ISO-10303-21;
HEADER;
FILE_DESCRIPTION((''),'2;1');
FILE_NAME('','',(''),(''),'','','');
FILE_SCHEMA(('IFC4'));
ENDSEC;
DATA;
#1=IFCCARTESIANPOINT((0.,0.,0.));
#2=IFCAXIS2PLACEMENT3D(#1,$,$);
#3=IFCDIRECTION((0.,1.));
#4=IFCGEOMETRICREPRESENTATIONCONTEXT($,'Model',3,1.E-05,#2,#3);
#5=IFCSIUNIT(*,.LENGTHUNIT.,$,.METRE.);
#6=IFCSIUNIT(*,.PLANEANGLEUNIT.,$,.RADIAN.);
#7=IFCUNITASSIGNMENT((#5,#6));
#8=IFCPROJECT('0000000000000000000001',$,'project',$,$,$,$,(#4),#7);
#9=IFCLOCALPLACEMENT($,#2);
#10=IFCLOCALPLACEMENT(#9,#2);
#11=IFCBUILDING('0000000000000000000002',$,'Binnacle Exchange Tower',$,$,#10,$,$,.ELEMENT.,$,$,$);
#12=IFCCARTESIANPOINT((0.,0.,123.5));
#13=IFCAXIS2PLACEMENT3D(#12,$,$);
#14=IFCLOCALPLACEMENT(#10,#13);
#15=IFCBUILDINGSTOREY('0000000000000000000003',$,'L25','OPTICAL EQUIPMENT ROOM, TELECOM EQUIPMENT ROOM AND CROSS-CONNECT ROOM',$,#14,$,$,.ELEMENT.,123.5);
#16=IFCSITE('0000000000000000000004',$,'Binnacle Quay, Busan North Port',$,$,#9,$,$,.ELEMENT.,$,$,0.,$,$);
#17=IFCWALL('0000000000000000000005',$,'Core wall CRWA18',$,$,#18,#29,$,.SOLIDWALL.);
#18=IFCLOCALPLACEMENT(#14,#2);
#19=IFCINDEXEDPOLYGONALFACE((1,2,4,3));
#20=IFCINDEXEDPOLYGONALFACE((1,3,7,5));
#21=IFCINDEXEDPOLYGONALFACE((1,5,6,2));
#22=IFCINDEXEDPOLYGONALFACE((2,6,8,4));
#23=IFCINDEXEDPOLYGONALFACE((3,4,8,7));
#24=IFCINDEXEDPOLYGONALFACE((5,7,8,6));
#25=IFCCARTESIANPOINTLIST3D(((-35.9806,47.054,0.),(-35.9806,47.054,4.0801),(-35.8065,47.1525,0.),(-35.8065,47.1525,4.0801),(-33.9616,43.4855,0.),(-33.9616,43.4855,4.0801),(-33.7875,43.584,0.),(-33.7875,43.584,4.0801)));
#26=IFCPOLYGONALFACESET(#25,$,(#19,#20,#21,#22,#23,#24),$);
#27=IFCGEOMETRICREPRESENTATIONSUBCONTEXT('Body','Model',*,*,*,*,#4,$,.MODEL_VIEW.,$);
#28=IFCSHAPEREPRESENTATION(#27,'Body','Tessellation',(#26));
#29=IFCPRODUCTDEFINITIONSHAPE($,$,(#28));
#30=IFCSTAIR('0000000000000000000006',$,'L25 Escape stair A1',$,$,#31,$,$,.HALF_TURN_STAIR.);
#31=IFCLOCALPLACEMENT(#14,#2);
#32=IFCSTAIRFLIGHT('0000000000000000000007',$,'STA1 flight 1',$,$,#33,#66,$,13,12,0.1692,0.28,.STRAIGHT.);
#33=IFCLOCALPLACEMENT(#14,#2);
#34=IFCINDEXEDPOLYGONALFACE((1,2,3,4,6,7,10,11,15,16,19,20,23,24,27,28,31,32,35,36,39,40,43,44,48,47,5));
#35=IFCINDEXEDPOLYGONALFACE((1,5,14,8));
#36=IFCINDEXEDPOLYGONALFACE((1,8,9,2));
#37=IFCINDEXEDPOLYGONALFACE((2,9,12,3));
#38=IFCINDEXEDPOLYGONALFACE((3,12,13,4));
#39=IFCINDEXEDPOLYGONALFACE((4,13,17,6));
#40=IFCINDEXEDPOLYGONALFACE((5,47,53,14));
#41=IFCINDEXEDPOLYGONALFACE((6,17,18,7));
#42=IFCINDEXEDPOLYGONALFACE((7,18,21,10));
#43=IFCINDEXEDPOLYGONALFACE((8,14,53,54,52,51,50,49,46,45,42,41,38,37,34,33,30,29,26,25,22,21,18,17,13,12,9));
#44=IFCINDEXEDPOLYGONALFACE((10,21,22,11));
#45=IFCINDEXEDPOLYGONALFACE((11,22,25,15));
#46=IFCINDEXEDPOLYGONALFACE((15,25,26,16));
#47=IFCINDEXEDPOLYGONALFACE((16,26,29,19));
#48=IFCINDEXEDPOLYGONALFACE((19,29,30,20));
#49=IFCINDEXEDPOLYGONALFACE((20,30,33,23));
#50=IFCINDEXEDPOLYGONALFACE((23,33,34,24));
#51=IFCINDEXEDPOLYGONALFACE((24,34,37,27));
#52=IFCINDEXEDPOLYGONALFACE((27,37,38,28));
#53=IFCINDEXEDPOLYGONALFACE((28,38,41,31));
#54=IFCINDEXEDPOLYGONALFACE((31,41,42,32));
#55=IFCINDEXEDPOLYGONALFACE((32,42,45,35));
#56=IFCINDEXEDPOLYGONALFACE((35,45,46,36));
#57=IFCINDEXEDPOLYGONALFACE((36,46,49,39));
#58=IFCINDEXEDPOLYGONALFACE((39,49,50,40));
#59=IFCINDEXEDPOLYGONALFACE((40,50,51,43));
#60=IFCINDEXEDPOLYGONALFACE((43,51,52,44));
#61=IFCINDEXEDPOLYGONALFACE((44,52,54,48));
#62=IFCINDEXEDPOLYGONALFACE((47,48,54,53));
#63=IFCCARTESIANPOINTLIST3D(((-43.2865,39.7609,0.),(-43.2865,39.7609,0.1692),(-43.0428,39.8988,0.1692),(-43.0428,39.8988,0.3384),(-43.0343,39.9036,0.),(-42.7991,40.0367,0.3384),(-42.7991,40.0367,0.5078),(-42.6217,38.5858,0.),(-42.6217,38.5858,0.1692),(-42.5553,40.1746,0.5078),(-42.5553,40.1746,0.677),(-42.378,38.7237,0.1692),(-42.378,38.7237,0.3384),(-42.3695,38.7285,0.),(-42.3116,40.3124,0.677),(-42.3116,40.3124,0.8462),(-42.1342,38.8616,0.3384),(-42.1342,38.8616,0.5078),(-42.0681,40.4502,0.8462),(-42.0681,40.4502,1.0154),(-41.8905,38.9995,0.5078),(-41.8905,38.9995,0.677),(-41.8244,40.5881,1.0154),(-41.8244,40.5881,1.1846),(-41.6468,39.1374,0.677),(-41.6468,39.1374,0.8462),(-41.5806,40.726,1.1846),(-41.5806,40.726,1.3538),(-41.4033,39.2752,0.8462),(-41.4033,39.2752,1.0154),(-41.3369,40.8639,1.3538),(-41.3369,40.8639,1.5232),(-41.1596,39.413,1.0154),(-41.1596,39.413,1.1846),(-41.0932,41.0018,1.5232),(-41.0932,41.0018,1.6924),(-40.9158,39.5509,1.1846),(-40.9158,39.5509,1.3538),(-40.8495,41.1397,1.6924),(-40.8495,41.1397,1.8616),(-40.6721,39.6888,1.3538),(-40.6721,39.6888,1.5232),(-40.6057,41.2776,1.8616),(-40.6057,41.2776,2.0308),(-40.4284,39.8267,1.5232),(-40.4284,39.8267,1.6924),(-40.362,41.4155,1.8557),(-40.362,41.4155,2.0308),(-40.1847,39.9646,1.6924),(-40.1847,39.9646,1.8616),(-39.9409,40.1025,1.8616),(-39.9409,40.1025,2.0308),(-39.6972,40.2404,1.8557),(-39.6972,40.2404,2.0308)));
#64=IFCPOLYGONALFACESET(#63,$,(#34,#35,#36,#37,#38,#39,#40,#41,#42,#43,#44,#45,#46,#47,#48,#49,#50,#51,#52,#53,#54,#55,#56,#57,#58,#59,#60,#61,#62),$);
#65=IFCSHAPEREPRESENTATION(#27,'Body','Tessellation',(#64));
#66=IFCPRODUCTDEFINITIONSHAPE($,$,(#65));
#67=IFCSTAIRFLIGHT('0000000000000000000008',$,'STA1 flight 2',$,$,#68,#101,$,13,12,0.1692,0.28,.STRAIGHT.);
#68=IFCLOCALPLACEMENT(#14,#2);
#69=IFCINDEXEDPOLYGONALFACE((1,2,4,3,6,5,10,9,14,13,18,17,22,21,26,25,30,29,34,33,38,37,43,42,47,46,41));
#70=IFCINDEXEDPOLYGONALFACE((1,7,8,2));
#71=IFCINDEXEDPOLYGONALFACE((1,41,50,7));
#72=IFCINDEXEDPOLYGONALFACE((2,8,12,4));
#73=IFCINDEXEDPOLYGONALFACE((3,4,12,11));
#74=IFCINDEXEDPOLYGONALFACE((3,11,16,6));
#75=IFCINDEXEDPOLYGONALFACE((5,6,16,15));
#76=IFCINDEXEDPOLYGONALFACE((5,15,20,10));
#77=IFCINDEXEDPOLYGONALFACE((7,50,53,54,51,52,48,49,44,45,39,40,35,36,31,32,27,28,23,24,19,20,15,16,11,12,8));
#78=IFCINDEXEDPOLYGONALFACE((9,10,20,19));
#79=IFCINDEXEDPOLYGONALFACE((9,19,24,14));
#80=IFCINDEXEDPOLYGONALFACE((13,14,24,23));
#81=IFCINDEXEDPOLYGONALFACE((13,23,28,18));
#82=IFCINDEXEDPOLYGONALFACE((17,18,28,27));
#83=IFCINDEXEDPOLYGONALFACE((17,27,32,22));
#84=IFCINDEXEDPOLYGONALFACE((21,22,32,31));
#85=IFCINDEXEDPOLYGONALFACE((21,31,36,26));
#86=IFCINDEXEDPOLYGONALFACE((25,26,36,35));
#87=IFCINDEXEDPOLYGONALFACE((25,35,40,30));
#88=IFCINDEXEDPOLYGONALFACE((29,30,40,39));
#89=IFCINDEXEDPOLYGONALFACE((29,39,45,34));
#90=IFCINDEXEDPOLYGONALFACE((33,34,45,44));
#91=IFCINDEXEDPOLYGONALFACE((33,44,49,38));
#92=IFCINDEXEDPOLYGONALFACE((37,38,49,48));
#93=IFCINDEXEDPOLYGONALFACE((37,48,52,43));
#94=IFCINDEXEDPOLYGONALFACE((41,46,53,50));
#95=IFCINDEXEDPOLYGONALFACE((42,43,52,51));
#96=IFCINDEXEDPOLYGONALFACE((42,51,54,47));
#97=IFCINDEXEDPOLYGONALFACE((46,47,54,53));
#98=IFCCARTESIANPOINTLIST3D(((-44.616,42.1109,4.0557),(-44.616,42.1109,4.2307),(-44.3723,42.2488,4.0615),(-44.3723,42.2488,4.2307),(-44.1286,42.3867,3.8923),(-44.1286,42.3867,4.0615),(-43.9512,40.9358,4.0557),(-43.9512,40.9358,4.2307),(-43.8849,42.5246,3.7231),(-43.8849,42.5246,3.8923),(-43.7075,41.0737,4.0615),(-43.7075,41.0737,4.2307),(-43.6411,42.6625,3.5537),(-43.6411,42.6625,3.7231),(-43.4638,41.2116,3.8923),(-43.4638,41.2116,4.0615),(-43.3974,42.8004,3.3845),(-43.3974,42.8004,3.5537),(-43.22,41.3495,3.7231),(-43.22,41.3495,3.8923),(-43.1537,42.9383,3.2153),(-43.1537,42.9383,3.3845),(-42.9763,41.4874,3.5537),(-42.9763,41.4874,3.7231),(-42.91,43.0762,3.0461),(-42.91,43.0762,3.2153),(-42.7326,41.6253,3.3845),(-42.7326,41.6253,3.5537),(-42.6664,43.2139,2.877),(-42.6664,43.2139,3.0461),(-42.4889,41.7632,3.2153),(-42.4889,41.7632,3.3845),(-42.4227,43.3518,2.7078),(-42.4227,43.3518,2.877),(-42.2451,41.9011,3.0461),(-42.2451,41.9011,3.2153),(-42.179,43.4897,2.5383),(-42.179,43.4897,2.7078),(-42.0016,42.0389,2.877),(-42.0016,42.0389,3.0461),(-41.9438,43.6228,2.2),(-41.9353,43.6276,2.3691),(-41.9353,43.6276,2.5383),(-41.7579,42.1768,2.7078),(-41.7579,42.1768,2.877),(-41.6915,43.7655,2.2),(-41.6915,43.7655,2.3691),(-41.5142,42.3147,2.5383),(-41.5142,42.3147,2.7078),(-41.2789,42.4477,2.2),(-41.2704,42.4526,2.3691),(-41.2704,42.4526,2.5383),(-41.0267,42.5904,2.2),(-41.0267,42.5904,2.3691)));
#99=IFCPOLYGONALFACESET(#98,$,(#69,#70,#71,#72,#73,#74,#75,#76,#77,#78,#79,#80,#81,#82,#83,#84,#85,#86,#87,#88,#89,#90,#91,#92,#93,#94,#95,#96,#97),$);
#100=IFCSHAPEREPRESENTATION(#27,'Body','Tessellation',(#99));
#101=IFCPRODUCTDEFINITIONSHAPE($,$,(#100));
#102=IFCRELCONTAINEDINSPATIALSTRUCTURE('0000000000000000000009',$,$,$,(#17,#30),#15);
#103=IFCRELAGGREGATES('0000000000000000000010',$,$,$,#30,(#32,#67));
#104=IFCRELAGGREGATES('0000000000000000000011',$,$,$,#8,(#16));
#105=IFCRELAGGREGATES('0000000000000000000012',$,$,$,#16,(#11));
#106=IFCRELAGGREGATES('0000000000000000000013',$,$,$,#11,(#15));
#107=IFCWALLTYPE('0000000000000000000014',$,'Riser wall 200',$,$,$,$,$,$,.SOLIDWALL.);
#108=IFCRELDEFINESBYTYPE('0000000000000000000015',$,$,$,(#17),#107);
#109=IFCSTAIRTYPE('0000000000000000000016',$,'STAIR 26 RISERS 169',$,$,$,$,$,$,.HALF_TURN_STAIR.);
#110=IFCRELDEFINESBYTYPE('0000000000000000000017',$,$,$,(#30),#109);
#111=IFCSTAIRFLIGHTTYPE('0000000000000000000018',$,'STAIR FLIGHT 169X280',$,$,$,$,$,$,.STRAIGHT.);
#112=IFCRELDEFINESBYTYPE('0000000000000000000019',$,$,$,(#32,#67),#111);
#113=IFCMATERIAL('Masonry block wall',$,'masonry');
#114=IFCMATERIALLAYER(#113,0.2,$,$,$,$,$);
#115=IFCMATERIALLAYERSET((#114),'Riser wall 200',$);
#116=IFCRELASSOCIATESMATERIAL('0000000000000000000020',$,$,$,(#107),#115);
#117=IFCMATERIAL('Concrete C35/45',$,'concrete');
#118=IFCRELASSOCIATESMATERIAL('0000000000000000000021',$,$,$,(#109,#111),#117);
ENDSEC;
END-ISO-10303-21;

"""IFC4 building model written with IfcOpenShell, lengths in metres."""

from ifc_helpers import new_model, si_unit, direction, frame, frame_2d, origin, place, context, subcontext, project, spatial, polyline, rectangle, outline, extrude, material, layer, layer_set, type_object, element, aggregate, save


model = new_model("IFC4")

# Units and contexts
model_context = context("Model", 3, precision=1e-05, world=origin(), true_north=direction((0.0, 1.0)))
body_context = subcontext(model_context, "Body", "Model", "MODEL_VIEW")
ifc_project = project(units=[si_unit("LENGTHUNIT", "METRE"), si_unit("PLANEANGLEUNIT", "RADIAN")], contexts=[model_context])

# Site, building, storey
site_placement = place(None, origin())
site = spatial("IfcSite", under=ifc_project, at=site_placement, Name="Binnacle Quay, Busan North Port", CompositionType="ELEMENT", RefElevation=0.0)
building_placement = place(site_placement, origin())
building = spatial("IfcBuilding", under=site, at=building_placement, Name="Binnacle Exchange Tower", CompositionType="ELEMENT")
storey_placement = place(building_placement, frame((0.0, 0.0, 123.5)))
storey = spatial("IfcBuildingStorey", under=building, at=storey_placement, Name="L25", Description="OPTICAL EQUIPMENT ROOM, TELECOM EQUIPMENT ROOM AND CROSS-CONNECT ROOM", CompositionType="ELEMENT", Elevation=123.5)

# Shared definitions
ifc_material_1 = material(Name="Masonry block wall", Category="masonry")

# Wall
ifc_layer_1 = layer(ifc_material_1, 0.2)
ifc_layer_set_1 = layer_set([ifc_layer_1], Name="Riser wall 200")
wall_type_1 = type_object("IfcWallType", Name="Riser wall 200", PredefinedType="SOLIDWALL", material=ifc_layer_set_1)
wall_1_placement = place(storey_placement, frame((-35.8936, 47.1033, 0.0), z_axis=(0.0, 0.0, 1.0), x_axis=(0.492428, -0.870353, 0.0)))
element("IfcWall", 1, at=wall_1_placement, inside=storey, type_object=wall_type_1, Name="Core wall CRWA18", PredefinedType="SOLIDWALL", context=body_context, shape_type="SweptSolid", body=[
    extrude(rectangle(XDim=4.1001, YDim=0.2, at=frame_2d((2.05, 0.0))), origin(), (0.0, 0.0, 1.0), 4.0801),
])

# Stair, stair flights
ifc_material_2 = material(Name="Concrete C35/45", Category="concrete")
stair_type = type_object("IfcStairType", Name="STAIR 26 RISERS 169", PredefinedType="HALF_TURN_STAIR", material=ifc_material_2)
stair_placement = place(storey_placement, origin())
stair = element("IfcStair", 2, at=stair_placement, inside=storey, type_object=stair_type, Name="L25 Escape stair A1", PredefinedType="HALF_TURN_STAIR")
stair_flight_type = type_object("IfcStairFlightType", Name="STAIR FLIGHT 169X280", PredefinedType="STRAIGHT", material=ifc_material_2)
stair_flight_1_placement = place(storey_placement, frame((-42.9541, 39.1733, 0.0), z_axis=(0.0, 0.0, 1.0), x_axis=(0.870356, 0.492424, 0.0)))
stair_flight_1 = element("IfcStairFlight", 3, at=stair_flight_1_placement, type_object=stair_flight_type, Name="STA1 flight 1", NumberOfRisers=13, NumberOfTreads=12, PredefinedType="STRAIGHT", RiserHeight=0.1692, TreadLength=0.28, context=body_context, shape_type="SweptSolid", body=[
    extrude(outline(polyline([(0.0, 0.0), (0.0, 0.1692), (0.28, 0.1692), (0.28, 0.3384), (0.5601, 0.3384), (0.5601, 0.5078), (0.8401, 0.5078), (0.8401, 0.677), (1.1201, 0.677), (1.1201, 0.8462), (1.3999, 0.8462), (1.3999, 1.0154), (1.6799, 1.0154), (1.6799, 1.1846), (1.96, 1.1846), (1.96, 1.3538), (2.24, 1.3538), (2.24, 1.5232), (2.52, 1.5232), (2.52, 1.6924), (2.8, 1.6924), (2.8, 1.8616), (3.0801, 1.8616), (3.0801, 2.0308), (3.3601, 2.0308), (3.3601, 2.2), (3.3601, 1.8557), (0.2898, 0.0), (0.0, 0.0)])), frame((0.0, 0.675, 0.0), z_axis=(0.0, -1.0, 0.0), x_axis=(1.0, 0.0, 0.0)), (0.0, 0.0, 1.0), 1.3501),
])
stair_flight_2_placement = place(storey_placement, frame((-41.3591, 43.178, 2.2), z_axis=(0.0, 0.0, 1.0), x_axis=(-0.870356, -0.492424, 0.0)))
stair_flight_2 = element("IfcStairFlight", 4, at=stair_flight_2_placement, type_object=stair_flight_type, Name="STA1 flight 2", NumberOfRisers=13, NumberOfTreads=12, PredefinedType="STRAIGHT", RiserHeight=0.1692, TreadLength=0.28, context=body_context, shape_type="SweptSolid", body=[
    extrude(outline(polyline([(0.0, 0.0), (0.0, 0.1692), (0.28, 0.1692), (0.28, 0.3384), (0.5601, 0.3384), (0.5601, 0.5078), (0.8401, 0.5078), (0.8401, 0.677), (1.1201, 0.677), (1.1201, 0.8462), (1.3999, 0.8462), (1.3999, 1.0154), (1.6799, 1.0154), (1.6799, 1.1846), (1.96, 1.1846), (1.96, 1.3538), (2.24, 1.3538), (2.24, 1.5232), (2.52, 1.5232), (2.52, 1.6924), (2.8, 1.6924), (2.8, 1.8616), (3.0801, 1.8616), (3.0801, 2.0308), (3.3601, 2.0308), (3.3601, 2.2), (3.3601, 1.8557), (0.2898, 0.0), (0.0, 0.0)])), frame((0.0, 0.675, 0.0), z_axis=(0.0, -1.0, 0.0), x_axis=(1.0, 0.0, 0.0)), (0.0, 0.0, 1.0), 1.3501),
])
aggregate(stair, [stair_flight_1, stair_flight_2])

save(model, "model.ifc")
